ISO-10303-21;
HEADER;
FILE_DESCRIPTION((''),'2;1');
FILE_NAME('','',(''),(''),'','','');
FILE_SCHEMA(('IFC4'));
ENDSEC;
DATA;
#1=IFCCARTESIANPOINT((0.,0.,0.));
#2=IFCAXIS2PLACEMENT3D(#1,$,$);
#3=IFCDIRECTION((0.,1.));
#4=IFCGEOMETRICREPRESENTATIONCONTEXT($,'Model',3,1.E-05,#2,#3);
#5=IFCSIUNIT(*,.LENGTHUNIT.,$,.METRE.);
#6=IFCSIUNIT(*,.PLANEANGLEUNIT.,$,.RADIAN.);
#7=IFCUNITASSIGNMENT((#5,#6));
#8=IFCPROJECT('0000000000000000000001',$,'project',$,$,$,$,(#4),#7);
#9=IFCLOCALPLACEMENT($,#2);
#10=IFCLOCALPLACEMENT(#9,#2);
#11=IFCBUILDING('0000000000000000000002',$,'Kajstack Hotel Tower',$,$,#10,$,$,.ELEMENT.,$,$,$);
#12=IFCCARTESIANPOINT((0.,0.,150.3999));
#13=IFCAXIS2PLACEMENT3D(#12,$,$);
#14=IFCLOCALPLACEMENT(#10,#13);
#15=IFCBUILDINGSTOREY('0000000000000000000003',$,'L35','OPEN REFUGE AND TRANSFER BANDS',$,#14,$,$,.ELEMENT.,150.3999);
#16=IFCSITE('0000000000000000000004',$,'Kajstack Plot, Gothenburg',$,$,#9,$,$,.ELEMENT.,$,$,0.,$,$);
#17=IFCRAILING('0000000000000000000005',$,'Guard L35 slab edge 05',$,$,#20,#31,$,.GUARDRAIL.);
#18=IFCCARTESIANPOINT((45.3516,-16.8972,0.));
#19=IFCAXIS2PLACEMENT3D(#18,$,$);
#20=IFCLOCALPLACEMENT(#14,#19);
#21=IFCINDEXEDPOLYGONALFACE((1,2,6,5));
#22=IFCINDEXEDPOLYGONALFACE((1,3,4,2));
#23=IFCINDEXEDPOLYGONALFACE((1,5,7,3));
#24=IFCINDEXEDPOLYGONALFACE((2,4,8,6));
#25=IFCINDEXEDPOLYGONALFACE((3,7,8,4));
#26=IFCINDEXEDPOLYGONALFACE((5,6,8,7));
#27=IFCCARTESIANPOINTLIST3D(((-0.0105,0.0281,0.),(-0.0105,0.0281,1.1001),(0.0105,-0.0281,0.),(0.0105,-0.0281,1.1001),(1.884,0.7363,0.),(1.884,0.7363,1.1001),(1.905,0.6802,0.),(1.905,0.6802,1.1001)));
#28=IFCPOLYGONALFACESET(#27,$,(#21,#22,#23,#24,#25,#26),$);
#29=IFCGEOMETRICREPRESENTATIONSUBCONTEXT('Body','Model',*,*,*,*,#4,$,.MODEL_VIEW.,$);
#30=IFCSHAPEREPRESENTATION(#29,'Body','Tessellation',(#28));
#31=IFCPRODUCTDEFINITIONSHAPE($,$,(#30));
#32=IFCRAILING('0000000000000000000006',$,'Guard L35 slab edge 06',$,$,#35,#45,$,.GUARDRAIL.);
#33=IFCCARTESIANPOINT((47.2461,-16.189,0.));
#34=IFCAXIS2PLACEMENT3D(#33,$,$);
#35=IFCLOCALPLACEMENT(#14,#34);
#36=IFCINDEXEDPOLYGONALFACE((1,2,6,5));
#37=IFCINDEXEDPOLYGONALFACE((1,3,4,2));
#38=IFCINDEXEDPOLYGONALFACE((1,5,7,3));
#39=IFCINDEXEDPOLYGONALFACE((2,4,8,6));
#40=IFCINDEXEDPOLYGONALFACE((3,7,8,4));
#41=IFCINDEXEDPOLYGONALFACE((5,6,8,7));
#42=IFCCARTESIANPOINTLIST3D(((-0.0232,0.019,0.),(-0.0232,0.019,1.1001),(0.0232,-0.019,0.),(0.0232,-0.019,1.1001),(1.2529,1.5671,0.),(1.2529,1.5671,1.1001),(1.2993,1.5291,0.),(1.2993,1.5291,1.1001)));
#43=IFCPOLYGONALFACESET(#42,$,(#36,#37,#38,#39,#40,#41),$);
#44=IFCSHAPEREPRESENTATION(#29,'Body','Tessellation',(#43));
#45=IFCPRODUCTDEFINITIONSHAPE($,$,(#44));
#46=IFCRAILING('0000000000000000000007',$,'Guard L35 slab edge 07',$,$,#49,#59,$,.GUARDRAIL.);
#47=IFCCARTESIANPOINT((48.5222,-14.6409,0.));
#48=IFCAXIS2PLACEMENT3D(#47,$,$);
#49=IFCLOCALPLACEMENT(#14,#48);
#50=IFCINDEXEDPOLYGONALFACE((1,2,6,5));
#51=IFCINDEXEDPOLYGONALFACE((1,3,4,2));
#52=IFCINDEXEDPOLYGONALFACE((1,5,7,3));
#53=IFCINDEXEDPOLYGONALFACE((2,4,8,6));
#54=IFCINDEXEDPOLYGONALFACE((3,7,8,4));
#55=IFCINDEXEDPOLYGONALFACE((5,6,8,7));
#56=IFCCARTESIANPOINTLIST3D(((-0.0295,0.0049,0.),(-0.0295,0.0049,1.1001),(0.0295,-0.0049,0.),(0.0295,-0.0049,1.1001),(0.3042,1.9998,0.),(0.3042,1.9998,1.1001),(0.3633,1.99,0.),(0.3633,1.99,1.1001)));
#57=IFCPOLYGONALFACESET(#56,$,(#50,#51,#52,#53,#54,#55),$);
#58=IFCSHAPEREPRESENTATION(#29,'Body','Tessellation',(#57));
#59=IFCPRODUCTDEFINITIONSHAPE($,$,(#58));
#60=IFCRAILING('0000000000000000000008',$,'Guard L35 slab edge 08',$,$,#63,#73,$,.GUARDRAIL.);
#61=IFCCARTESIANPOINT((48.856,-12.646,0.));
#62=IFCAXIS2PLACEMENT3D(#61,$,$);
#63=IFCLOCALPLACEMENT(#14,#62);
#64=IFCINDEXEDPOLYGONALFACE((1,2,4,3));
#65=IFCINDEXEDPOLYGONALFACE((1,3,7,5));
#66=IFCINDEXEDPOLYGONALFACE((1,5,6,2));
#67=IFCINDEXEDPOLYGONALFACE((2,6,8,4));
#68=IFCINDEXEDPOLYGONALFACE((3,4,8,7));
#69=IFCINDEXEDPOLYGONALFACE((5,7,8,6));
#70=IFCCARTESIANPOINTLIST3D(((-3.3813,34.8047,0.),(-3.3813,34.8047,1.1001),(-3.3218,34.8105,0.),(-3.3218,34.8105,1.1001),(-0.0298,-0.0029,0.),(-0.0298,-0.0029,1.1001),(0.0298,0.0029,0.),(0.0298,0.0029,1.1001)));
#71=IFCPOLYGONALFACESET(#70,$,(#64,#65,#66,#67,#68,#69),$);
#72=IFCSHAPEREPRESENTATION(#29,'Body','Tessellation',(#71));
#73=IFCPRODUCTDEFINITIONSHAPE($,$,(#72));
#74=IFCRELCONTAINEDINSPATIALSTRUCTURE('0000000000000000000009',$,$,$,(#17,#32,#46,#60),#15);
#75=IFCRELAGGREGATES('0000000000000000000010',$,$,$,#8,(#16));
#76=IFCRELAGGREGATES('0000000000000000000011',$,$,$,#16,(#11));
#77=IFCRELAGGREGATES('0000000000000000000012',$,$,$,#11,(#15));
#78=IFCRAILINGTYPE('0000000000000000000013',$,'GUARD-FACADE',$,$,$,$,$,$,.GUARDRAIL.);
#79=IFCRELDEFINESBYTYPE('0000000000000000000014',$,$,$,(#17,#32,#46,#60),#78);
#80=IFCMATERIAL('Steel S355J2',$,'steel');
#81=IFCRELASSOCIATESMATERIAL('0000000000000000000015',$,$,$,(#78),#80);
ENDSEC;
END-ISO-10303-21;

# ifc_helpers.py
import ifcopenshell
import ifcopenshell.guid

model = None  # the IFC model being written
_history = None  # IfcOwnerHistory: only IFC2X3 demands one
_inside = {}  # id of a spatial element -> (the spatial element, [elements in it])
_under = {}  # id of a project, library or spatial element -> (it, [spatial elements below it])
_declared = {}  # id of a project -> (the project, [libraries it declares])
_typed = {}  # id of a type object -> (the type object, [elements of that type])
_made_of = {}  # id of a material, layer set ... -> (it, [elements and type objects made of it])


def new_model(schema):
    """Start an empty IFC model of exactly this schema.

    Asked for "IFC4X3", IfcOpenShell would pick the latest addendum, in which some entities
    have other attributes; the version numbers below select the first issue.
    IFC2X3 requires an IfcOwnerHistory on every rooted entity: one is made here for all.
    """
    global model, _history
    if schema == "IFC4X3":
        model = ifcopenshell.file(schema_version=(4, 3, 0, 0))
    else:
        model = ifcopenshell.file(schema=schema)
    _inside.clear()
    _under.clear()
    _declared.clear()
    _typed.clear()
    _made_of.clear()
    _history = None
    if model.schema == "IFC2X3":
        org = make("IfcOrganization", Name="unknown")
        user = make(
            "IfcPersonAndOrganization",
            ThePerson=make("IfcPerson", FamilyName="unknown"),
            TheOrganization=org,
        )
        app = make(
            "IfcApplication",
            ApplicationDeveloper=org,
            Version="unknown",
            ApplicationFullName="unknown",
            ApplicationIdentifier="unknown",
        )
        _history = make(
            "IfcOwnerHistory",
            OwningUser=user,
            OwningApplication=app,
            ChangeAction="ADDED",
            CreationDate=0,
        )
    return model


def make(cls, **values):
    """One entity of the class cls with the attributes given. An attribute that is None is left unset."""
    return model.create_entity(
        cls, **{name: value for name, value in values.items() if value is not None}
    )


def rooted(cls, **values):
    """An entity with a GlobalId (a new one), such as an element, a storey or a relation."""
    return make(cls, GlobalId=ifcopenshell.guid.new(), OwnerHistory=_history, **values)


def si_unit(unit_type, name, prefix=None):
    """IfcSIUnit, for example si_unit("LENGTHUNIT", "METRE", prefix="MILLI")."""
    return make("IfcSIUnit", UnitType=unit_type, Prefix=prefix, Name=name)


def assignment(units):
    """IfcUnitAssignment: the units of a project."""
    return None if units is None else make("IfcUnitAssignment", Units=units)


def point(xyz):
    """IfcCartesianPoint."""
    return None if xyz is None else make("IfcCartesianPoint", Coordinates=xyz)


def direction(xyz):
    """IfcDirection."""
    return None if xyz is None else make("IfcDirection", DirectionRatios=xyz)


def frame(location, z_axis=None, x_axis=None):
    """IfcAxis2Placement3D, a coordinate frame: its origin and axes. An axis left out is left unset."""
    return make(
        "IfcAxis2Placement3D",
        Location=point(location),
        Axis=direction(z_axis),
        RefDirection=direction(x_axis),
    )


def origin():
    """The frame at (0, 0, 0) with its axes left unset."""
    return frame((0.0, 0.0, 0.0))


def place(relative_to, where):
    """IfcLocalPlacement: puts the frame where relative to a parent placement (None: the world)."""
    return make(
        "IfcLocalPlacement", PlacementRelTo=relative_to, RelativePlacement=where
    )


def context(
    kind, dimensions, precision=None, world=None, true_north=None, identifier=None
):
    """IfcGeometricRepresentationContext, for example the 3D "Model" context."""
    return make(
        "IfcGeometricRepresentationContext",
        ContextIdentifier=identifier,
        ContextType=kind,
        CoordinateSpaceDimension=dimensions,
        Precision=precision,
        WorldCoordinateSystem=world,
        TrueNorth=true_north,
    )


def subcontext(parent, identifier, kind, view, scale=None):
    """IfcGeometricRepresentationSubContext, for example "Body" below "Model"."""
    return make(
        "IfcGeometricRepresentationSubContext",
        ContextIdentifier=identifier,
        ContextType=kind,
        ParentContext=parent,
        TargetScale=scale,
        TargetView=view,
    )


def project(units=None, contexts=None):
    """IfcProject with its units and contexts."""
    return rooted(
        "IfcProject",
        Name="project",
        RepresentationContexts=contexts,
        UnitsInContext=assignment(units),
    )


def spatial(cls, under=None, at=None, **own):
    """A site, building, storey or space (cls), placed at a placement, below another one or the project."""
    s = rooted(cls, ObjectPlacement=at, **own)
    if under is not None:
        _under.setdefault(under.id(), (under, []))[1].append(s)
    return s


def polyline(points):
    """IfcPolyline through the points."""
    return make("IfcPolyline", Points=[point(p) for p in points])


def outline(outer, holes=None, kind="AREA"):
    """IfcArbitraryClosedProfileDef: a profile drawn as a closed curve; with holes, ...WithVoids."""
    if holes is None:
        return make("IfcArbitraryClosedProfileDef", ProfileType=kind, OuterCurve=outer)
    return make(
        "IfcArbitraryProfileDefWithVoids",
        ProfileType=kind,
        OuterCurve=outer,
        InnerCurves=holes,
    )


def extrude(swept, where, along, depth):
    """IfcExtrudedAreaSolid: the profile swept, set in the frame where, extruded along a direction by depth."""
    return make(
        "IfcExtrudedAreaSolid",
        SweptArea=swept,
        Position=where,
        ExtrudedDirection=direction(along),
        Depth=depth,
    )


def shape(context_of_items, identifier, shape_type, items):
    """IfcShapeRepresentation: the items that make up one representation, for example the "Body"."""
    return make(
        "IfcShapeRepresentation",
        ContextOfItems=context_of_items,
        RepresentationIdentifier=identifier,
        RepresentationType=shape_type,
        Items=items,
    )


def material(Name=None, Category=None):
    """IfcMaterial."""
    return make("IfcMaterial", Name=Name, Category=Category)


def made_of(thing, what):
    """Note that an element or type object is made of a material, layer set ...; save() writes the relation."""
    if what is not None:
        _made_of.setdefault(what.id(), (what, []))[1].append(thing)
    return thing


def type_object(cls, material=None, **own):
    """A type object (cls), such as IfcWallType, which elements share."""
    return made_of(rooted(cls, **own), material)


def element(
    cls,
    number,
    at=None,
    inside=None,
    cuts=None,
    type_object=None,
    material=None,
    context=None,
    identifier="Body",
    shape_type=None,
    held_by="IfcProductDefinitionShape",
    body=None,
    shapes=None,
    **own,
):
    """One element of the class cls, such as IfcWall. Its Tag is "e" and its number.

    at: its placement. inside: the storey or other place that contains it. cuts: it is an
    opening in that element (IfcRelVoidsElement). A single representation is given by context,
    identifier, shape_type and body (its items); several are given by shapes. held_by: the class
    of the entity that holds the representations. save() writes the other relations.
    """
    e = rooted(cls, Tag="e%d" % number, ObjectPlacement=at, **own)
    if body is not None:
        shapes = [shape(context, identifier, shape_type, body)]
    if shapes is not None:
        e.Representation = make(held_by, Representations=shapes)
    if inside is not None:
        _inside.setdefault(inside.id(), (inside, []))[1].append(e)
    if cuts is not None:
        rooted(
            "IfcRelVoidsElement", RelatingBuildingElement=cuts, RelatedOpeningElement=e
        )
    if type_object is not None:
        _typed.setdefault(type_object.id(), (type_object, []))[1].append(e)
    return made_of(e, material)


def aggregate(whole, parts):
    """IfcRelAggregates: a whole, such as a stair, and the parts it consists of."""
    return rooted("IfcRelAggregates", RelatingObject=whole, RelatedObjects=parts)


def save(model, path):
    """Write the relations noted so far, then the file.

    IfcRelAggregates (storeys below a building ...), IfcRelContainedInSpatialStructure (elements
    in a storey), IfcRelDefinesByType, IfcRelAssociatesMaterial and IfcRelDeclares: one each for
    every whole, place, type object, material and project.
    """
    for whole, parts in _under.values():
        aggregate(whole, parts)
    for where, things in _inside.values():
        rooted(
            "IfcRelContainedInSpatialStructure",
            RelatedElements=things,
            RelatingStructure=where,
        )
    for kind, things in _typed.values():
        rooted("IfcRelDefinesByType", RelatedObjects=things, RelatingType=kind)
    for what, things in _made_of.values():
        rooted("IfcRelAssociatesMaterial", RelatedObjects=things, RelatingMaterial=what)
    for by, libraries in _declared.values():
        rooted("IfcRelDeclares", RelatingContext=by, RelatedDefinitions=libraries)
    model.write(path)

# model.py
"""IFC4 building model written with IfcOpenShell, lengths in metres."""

from ifc_helpers import new_model, si_unit, direction, frame, origin, place, context, subcontext, project, spatial, polyline, outline, extrude, material, type_object, element, save


model = new_model("IFC4")

# Units and contexts
model_context = context("Model", 3, precision=1e-05, world=origin(), true_north=direction((0.0, 1.0)))
body_context = subcontext(model_context, "Body", "Model", "MODEL_VIEW")
ifc_project = project(units=[si_unit("LENGTHUNIT", "METRE"), si_unit("PLANEANGLEUNIT", "RADIAN")], contexts=[model_context])

# Site, building, storey
site_placement = place(None, origin())
site = spatial("IfcSite", under=ifc_project, at=site_placement, Name="Kajstack Plot, Gothenburg", CompositionType="ELEMENT", RefElevation=0.0)
building_placement = place(site_placement, origin())
building = spatial("IfcBuilding", under=site, at=building_placement, Name="Kajstack Hotel Tower", CompositionType="ELEMENT")
storey_placement = place(building_placement, frame((0.0, 0.0, 150.3999)))
storey = spatial("IfcBuildingStorey", under=building, at=storey_placement, Name="L35", Description="OPEN REFUGE AND TRANSFER BANDS", CompositionType="ELEMENT", Elevation=150.3999)

# Shared definitions
ifc_material = material(Name="Steel S355J2", Category="steel")

# Railings
railing_type = type_object("IfcRailingType", Name="GUARD-FACADE", PredefinedType="GUARDRAIL", material=ifc_material)
railing_1_placement = place(storey_placement, frame((45.3516, -16.8972, 0.0)))
element("IfcRailing", 1, at=railing_1_placement, inside=storey, type_object=railing_type, Name="Guard L35 slab edge 05", PredefinedType="GUARDRAIL", context=body_context, shape_type="SweptSolid", body=[
    extrude(outline(polyline([(1.884, 0.7363), (1.905, 0.6802), (0.0105, -0.0281), (-0.0105, 0.0281), (1.884, 0.7363)])), origin(), (0.0, 0.0, 1.0), 1.1001),
])
railing_2_placement = place(storey_placement, frame((47.2461, -16.189, 0.0)))
element("IfcRailing", 2, at=railing_2_placement, inside=storey, type_object=railing_type, Name="Guard L35 slab edge 06", PredefinedType="GUARDRAIL", context=body_context, shape_type="SweptSolid", body=[
    extrude(outline(polyline([(1.2529, 1.5671), (1.2993, 1.5291), (0.0232, -0.019), (-0.0232, 0.019), (1.2529, 1.5671)])), origin(), (0.0, 0.0, 1.0), 1.1001),
])
railing_3_placement = place(storey_placement, frame((48.5222, -14.6409, 0.0)))
element("IfcRailing", 3, at=railing_3_placement, inside=storey, type_object=railing_type, Name="Guard L35 slab edge 07", PredefinedType="GUARDRAIL", context=body_context, shape_type="SweptSolid", body=[
    extrude(outline(polyline([(0.3042, 1.9998), (0.3633, 1.99), (0.0295, -0.0049), (-0.0295, 0.0049), (0.3042, 1.9998)])), origin(), (0.0, 0.0, 1.0), 1.1001),
])
railing_4_placement = place(storey_placement, frame((48.856, -12.646, 0.0)))
element("IfcRailing", 4, at=railing_4_placement, inside=storey, type_object=railing_type, Name="Guard L35 slab edge 08", PredefinedType="GUARDRAIL", context=body_context, shape_type="SweptSolid", body=[
    extrude(outline(polyline([(-3.3813, 34.8047), (-3.3218, 34.8105), (0.0298, 0.0029), (-0.0298, -0.0029), (-3.3813, 34.8047)])), origin(), (0.0, 0.0, 1.0), 1.1001),
])

save(model, "model.ifc")
